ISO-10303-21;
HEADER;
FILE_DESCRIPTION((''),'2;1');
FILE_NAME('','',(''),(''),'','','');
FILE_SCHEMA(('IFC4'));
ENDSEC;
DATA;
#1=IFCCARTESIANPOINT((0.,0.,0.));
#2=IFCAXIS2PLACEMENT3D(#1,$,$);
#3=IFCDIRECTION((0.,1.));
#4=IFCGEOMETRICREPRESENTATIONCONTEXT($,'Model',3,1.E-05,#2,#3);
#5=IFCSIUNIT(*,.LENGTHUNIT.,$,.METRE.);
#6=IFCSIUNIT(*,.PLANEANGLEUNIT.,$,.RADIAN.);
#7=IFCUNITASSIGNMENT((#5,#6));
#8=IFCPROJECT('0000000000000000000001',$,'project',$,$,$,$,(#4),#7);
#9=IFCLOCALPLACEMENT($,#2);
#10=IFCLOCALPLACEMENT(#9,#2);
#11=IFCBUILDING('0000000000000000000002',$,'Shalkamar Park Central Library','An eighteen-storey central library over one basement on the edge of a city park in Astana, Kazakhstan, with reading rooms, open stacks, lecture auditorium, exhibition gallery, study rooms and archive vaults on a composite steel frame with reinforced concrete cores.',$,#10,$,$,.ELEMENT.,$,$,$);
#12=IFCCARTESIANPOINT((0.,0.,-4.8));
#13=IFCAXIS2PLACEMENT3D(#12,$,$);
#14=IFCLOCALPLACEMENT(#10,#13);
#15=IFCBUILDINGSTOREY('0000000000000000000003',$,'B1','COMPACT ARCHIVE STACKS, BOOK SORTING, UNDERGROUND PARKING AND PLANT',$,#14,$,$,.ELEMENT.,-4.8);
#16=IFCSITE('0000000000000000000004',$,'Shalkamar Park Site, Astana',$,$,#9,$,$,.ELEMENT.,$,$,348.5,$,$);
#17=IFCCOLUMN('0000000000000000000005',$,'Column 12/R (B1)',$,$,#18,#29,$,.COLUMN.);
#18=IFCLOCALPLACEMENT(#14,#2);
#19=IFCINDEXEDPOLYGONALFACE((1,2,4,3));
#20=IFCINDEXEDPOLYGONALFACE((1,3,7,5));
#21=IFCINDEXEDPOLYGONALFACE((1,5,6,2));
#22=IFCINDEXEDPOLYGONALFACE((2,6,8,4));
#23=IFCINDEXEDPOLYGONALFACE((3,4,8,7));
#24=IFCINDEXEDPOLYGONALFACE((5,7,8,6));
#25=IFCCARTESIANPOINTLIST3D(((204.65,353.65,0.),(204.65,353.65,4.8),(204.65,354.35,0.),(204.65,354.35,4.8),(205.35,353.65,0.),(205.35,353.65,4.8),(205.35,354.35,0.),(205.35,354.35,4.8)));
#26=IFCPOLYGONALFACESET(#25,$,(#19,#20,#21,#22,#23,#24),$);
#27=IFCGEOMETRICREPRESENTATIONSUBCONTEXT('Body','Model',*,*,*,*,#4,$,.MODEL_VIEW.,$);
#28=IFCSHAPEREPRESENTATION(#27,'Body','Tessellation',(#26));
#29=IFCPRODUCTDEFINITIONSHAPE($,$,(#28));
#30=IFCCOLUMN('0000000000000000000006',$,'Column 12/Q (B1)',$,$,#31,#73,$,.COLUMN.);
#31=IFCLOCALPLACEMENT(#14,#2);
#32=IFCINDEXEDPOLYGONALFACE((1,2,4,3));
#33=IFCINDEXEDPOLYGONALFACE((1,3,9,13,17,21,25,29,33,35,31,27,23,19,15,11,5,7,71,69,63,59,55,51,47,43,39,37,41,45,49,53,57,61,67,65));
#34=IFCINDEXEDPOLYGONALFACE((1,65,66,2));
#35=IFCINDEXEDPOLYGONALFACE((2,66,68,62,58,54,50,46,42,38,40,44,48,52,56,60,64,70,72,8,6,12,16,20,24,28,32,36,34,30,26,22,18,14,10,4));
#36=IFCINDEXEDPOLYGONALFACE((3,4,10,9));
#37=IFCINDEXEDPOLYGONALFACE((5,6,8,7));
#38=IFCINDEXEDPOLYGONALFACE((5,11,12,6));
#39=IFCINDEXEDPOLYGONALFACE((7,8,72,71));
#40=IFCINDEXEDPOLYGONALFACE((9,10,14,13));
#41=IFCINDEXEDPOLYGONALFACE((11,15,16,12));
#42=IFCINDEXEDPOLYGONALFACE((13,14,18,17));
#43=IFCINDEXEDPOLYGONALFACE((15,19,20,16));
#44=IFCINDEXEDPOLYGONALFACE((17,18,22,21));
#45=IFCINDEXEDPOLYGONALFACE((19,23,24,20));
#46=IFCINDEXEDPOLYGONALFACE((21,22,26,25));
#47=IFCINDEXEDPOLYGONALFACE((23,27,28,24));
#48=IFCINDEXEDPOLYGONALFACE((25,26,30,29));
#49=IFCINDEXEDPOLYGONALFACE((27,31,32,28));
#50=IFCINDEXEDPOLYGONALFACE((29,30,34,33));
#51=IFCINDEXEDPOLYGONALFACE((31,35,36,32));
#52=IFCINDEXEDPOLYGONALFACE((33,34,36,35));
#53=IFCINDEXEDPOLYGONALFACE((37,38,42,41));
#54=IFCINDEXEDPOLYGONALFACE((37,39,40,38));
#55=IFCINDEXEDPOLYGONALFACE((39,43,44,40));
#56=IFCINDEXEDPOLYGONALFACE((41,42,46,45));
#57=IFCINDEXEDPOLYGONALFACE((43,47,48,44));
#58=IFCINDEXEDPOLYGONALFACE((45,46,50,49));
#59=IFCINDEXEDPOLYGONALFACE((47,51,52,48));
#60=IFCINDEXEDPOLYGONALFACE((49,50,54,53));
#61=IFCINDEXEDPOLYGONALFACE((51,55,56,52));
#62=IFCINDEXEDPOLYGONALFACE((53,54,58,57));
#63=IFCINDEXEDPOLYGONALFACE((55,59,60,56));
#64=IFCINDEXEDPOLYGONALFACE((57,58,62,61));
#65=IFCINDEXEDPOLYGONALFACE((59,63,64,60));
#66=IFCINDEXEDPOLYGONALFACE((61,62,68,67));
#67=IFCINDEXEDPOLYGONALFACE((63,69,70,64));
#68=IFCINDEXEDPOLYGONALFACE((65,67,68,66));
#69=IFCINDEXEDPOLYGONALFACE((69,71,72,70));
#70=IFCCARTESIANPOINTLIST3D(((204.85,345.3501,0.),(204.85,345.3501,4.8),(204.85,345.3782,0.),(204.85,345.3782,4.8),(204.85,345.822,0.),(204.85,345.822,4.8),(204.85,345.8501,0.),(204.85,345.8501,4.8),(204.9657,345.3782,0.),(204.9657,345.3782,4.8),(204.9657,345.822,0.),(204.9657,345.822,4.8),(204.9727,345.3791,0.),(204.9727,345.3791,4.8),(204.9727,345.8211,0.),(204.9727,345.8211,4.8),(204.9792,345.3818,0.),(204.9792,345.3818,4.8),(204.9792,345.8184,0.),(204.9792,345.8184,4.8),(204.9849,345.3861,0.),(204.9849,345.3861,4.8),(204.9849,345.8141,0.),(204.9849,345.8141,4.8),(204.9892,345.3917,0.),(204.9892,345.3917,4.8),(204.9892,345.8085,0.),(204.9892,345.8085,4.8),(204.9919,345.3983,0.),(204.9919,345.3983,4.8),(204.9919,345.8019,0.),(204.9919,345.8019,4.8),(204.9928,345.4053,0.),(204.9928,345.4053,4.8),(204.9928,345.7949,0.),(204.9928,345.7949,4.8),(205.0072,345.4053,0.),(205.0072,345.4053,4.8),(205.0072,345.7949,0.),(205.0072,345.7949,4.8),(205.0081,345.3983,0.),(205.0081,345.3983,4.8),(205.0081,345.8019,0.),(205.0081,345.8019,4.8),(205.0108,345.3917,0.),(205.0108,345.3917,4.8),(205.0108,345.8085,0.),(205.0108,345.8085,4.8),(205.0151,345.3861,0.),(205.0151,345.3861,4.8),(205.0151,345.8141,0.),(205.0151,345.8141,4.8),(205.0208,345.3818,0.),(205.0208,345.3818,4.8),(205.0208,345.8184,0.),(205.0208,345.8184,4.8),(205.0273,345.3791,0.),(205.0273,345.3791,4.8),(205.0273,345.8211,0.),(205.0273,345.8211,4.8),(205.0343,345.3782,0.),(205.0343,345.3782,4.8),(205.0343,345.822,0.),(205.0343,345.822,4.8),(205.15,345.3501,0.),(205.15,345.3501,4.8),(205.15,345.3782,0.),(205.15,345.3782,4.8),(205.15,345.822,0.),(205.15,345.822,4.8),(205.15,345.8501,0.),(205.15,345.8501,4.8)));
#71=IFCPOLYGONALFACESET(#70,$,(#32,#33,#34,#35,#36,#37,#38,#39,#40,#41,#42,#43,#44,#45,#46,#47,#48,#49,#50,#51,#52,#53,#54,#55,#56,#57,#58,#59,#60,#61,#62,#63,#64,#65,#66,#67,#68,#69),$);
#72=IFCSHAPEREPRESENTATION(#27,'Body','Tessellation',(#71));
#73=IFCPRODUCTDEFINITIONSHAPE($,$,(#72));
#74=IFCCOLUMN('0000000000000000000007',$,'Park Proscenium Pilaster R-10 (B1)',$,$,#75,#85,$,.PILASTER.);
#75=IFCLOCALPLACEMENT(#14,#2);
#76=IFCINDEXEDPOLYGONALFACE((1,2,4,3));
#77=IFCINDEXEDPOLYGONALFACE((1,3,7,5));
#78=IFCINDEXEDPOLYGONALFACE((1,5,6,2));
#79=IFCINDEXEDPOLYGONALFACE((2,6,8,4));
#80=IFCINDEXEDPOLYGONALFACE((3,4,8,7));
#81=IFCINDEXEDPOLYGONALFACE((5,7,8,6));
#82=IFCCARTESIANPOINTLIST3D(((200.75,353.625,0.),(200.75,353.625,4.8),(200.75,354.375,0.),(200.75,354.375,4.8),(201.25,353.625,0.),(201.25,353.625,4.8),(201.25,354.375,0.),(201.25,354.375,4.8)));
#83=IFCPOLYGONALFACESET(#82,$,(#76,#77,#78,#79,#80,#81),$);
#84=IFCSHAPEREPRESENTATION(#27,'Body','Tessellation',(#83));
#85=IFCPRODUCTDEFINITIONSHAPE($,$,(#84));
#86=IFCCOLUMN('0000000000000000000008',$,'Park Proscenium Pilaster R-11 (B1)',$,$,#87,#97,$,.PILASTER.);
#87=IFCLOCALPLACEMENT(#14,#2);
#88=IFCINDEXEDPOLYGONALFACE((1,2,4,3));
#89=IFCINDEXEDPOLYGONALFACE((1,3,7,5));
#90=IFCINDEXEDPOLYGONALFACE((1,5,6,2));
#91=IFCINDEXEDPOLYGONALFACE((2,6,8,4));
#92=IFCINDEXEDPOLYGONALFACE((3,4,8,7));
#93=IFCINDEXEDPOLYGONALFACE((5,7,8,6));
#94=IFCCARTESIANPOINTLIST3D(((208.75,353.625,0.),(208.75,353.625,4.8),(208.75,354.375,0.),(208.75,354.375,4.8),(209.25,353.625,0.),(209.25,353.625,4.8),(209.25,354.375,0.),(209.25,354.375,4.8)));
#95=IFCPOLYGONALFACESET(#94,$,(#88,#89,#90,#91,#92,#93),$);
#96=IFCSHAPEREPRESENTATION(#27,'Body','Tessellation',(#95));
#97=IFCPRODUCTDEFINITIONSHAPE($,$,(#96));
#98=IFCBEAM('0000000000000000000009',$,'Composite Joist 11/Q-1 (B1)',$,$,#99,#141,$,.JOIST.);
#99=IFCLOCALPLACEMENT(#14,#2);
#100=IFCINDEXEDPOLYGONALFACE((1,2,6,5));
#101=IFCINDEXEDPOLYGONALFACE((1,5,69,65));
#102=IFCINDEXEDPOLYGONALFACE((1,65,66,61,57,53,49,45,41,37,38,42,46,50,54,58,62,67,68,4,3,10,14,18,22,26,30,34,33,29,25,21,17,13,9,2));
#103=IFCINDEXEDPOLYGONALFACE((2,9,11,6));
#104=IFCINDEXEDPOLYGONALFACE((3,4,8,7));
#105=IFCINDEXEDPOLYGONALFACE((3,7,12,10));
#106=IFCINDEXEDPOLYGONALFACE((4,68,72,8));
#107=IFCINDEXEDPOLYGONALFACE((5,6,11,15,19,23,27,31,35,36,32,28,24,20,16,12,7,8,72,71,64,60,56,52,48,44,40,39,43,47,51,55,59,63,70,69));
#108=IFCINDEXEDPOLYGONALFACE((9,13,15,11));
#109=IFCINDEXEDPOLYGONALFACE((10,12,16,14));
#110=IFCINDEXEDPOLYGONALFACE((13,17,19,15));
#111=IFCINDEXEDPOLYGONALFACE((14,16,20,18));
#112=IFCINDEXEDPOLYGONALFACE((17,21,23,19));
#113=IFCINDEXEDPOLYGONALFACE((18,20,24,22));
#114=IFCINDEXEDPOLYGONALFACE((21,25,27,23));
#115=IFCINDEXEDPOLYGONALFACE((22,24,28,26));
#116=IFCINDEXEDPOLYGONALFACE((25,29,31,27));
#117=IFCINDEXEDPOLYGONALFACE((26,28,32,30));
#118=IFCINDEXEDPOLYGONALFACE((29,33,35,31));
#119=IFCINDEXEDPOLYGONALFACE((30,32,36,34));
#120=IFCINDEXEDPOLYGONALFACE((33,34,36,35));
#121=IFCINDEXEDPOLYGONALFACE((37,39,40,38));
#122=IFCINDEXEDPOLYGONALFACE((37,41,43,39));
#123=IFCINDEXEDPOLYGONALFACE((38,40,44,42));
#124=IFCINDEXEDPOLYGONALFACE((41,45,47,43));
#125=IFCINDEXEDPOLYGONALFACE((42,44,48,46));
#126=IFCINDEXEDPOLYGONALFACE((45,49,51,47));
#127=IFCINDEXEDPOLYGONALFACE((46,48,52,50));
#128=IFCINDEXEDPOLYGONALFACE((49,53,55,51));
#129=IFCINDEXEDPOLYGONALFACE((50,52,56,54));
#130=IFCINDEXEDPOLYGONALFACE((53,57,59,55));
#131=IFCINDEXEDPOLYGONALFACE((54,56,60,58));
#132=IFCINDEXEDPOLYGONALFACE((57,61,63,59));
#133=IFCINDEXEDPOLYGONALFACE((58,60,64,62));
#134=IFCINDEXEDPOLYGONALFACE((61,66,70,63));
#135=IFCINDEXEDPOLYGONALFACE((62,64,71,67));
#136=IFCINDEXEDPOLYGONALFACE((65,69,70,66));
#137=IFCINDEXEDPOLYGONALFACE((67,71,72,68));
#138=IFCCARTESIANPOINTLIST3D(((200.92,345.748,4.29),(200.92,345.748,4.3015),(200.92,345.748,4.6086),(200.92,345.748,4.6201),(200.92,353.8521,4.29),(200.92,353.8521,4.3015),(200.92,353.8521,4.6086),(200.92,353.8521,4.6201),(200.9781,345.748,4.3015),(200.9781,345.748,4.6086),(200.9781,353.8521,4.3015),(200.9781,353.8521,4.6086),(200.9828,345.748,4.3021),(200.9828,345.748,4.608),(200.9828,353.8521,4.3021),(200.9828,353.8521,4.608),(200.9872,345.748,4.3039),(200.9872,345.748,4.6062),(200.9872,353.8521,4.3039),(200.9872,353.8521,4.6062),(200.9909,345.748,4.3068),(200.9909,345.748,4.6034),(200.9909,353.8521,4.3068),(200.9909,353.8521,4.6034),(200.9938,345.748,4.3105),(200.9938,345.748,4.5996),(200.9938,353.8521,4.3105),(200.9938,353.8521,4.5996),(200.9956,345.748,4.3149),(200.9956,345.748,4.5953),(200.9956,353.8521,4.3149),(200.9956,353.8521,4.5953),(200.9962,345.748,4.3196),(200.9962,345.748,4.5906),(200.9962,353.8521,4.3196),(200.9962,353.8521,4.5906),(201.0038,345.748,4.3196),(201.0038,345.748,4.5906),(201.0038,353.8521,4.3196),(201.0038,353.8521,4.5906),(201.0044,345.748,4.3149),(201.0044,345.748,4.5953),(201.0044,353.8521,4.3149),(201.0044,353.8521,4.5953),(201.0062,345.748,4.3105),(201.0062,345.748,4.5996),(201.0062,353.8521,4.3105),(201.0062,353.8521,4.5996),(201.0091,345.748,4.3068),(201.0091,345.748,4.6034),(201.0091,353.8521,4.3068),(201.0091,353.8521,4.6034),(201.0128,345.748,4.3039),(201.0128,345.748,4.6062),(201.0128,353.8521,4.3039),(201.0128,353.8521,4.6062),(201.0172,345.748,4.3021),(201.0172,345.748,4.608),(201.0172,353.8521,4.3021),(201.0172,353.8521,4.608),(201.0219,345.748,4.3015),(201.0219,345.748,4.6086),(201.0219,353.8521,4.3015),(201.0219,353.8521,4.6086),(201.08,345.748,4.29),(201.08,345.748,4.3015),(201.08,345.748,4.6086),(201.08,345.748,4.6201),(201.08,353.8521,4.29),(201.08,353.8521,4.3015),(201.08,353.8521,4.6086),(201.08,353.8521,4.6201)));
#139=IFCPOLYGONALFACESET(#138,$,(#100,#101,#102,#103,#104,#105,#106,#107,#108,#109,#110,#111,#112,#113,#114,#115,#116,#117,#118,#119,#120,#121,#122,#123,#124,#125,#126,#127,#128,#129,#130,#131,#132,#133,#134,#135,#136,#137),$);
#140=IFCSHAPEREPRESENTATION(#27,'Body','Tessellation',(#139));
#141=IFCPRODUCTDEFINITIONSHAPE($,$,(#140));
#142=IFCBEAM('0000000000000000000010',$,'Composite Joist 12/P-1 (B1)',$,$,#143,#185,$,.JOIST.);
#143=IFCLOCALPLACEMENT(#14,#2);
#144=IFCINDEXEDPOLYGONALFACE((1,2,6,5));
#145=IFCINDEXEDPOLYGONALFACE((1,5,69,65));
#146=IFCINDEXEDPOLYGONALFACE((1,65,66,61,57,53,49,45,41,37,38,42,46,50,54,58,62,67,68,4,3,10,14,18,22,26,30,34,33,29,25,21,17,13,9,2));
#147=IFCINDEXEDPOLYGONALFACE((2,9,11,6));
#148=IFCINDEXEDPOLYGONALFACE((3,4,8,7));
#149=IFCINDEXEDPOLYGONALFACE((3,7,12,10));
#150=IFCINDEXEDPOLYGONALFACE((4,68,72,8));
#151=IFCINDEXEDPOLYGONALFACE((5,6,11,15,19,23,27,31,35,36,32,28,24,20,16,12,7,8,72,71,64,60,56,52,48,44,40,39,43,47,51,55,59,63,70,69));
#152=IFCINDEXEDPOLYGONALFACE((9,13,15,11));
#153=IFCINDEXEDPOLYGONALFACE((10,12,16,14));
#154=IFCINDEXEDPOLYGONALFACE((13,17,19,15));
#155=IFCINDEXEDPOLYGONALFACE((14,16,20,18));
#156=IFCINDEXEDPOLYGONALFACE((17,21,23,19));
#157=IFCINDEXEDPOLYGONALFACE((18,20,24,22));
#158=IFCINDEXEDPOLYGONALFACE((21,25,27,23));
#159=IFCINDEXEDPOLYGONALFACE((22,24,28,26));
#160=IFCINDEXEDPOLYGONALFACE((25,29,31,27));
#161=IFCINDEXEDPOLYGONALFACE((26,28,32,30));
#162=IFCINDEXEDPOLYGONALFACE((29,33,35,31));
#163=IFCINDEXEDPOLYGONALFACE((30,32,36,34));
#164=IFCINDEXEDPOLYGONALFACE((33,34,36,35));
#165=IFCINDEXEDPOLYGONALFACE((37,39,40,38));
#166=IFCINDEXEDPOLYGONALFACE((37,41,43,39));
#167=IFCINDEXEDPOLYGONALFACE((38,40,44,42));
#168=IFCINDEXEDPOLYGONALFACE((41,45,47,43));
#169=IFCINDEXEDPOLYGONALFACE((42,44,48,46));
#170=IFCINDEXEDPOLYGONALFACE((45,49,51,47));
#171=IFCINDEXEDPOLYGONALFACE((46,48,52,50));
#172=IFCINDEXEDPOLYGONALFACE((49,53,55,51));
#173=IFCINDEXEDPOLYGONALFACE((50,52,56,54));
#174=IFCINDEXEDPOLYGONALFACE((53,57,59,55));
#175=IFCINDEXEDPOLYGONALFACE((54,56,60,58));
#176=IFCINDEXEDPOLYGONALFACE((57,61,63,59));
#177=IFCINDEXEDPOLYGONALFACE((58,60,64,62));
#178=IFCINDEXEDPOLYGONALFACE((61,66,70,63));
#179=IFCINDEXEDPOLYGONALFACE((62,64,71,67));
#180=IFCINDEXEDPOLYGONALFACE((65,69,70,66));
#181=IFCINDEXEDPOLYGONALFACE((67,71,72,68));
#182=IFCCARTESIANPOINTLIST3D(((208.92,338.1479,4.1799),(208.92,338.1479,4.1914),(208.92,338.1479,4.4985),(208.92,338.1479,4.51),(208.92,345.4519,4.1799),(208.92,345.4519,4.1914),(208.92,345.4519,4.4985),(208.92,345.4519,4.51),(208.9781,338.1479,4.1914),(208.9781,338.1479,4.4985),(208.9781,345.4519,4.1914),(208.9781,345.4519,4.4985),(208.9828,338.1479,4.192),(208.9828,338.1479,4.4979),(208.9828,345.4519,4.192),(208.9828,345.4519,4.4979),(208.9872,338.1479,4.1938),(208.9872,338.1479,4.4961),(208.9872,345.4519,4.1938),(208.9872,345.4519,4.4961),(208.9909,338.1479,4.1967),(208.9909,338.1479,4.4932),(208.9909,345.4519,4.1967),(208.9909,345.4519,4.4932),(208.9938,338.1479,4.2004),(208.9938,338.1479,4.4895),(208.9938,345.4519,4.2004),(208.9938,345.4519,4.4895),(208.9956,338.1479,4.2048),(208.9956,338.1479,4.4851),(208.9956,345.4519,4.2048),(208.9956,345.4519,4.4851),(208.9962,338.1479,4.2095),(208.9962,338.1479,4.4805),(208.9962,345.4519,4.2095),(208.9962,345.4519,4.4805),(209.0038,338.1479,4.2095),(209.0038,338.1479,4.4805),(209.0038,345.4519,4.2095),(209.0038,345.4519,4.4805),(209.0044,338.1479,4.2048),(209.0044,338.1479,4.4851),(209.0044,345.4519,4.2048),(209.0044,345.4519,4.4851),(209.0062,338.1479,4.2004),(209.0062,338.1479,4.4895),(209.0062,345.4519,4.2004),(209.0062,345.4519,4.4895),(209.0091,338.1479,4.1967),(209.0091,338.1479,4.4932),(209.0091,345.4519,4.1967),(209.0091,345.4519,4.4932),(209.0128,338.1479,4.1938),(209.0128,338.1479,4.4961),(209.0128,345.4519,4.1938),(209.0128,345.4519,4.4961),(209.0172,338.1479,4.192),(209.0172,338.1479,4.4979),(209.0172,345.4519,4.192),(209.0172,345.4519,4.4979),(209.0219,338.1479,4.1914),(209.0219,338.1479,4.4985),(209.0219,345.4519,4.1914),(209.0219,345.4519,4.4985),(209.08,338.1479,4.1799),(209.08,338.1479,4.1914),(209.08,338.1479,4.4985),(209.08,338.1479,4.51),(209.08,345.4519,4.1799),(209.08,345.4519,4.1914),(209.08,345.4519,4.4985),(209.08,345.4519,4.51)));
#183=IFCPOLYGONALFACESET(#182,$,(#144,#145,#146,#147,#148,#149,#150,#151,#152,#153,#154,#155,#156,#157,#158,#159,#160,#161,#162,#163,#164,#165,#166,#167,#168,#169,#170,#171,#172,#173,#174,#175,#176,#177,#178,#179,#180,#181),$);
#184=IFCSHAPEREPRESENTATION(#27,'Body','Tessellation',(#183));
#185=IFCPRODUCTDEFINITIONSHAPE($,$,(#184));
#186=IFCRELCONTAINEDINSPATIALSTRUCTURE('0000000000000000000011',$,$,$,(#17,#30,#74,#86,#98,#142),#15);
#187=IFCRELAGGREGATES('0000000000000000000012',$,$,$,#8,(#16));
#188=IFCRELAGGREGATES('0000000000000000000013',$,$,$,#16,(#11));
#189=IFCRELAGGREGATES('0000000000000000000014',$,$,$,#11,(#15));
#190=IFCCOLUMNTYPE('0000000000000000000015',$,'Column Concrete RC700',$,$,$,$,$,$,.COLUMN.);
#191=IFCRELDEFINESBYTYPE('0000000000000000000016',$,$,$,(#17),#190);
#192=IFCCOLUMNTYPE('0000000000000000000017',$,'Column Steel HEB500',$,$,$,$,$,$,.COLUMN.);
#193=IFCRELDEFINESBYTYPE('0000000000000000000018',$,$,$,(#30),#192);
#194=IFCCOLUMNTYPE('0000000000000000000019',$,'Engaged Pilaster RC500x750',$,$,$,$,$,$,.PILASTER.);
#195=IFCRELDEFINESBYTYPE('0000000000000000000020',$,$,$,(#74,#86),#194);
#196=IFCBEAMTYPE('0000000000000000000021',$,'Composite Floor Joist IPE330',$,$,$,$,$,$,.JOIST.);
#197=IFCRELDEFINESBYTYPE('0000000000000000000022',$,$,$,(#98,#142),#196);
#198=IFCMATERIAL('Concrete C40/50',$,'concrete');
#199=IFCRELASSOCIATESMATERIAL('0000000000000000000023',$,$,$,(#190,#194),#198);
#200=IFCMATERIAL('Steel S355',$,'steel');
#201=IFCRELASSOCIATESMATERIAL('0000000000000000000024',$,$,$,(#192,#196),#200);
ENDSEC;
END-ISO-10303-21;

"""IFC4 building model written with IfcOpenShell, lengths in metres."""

from ifc_helpers import new_model, si_unit, direction, frame, origin, origin_2d, place, context, subcontext, project, spatial, rectangle, i_section, extrude, material, material_profile, profile_set, type_object, element, save


model = new_model("IFC4")

# Units and contexts
model_context = context("Model", 3, precision=1e-05, world=origin(), true_north=direction((0.0, 1.0)))
body_context = subcontext(model_context, "Body", "Model", "MODEL_VIEW")
ifc_project = project(units=[si_unit("LENGTHUNIT", "METRE"), si_unit("PLANEANGLEUNIT", "RADIAN")], contexts=[model_context])

# Site, building, storey
site_placement = place(None, origin())
site = spatial("IfcSite", under=ifc_project, at=site_placement, Name="Shalkamar Park Site, Astana", CompositionType="ELEMENT", RefElevation=348.5)
building_placement = place(site_placement, origin())
building = spatial("IfcBuilding", under=site, at=building_placement, Name="Shalkamar Park Central Library", Description="An eighteen-storey central library over one basement on the edge of a city park in Astana, Kazakhstan, with reading rooms, open stacks, lecture auditorium, exhibition gallery, study rooms and archive vaults on a composite steel frame with reinforced concrete cores.", CompositionType="ELEMENT")
storey_placement = place(building_placement, frame((0.0, 0.0, -4.8)))
storey = spatial("IfcBuildingStorey", under=building, at=storey_placement, Name="B1", Description="COMPACT ARCHIVE STACKS, BOOK SORTING, UNDERGROUND PARKING AND PLANT", CompositionType="ELEMENT", Elevation=-4.8)

# Columns
ifc_material_1 = material(Name="Concrete C40/50", Category="concrete")
ifc_material_profile_1 = material_profile(ifc_material_1, rectangle(XDim=0.7, YDim=0.7, at=origin_2d()), Name="RC 700x700")
ifc_profile_set_1 = profile_set([ifc_material_profile_1], Name="Concrete C40/50")
column_type_1 = type_object("IfcColumnType", Name="Column Concrete RC700", PredefinedType="COLUMN", material=ifc_profile_set_1)
column_1_placement = place(storey_placement, frame((205.0, 354.0, 0.0), z_axis=(0.0, 0.0, 1.0), x_axis=(1.0, 0.0, 0.0)))
element("IfcColumn", 1, at=column_1_placement, inside=storey, type_object=column_type_1, Name="Column 12/R (B1)", PredefinedType="COLUMN", context=body_context, shape_type="SweptSolid", body=[
    extrude(rectangle(XDim=0.7, YDim=0.7, at=origin_2d()), origin(), (0.0, 0.0, 1.0), 4.8),
])
ifc_material_2 = material(Name="Steel S355", Category="steel")
ifc_material_profile_2 = material_profile(ifc_material_2, i_section(OverallWidth=0.3, OverallDepth=0.5, WebThickness=0.0144, FlangeThickness=0.0281, FilletRadius=0.0271, at=origin_2d()), Name="HEB 500")
ifc_profile_set_2 = profile_set([ifc_material_profile_2], Name="Steel S355")
column_type_2 = type_object("IfcColumnType", Name="Column Steel HEB500", PredefinedType="COLUMN", material=ifc_profile_set_2)
column_2_placement = place(storey_placement, frame((205.0, 345.6001, 0.0), z_axis=(0.0, 0.0, 1.0), x_axis=(1.0, 0.0, 0.0)))
element("IfcColumn", 2, at=column_2_placement, inside=storey, type_object=column_type_2, Name="Column 12/Q (B1)", PredefinedType="COLUMN", context=body_context, shape_type="SweptSolid", body=[
    extrude(i_section(OverallWidth=0.3, OverallDepth=0.5, WebThickness=0.0144, FlangeThickness=0.0281, FilletRadius=0.0271, at=origin_2d()), origin(), (0.0, 0.0, 1.0), 4.8),
])
ifc_material_profile_3 = material_profile(ifc_material_1, rectangle(XDim=0.5, YDim=0.75, at=origin_2d()), Name="RC 500x750")
ifc_profile_set_3 = profile_set([ifc_material_profile_3], Name="Concrete C40/50")
column_type_3 = type_object("IfcColumnType", Name="Engaged Pilaster RC500x750", PredefinedType="PILASTER", material=ifc_profile_set_3)
for number, where, z_axis, x_axis, name in (
    (3, (201.0, 354.0, 0.0), (0.0, 0.0, 1.0), (1.0, 0.0, 0.0), "Park Proscenium Pilaster R-10 (B1)"),
    (4, (209.0, 354.0, 0.0), (0.0, 0.0, 1.0), (1.0, 0.0, 0.0), "Park Proscenium Pilaster R-11 (B1)"),
):
    element("IfcColumn", number, at=place(storey_placement, frame(where, z_axis=z_axis, x_axis=x_axis)), inside=storey, type_object=column_type_3, Name=name, PredefinedType="PILASTER", context=body_context, shape_type="SweptSolid", body=[
        extrude(rectangle(XDim=0.5, YDim=0.75, at=origin_2d()), origin(), (0.0, 0.0, 1.0), 4.8),
    ])

# Beams
ifc_material_profile_4 = material_profile(ifc_material_2, i_section(OverallWidth=0.1599, OverallDepth=0.3301, WebThickness=0.0076, FlangeThickness=0.0115, FilletRadius=0.0181, at=origin_2d()), Name="IPE 330")
ifc_profile_set_4 = profile_set([ifc_material_profile_4], Name="Steel S355")
beam_type_1 = type_object("IfcBeamType", Name="Composite Floor Joist IPE330", PredefinedType="JOIST", material=ifc_profile_set_4)
beam_1_placement = place(storey_placement, frame((201.0, 345.748, 4.4551), z_axis=(0.0, 1.0, 0.0), x_axis=(-1.0, 0.0, 0.0)))
element("IfcBeam", 5, at=beam_1_placement, inside=storey, type_object=beam_type_1, Name="Composite Joist 11/Q-1 (B1)", PredefinedType="JOIST", context=body_context, shape_type="SweptSolid", body=[
    extrude(i_section(OverallWidth=0.1599, OverallDepth=0.3301, WebThickness=0.0076, FlangeThickness=0.0115, FilletRadius=0.0181, at=origin_2d()), origin(), (0.0, 0.0, 1.0), 8.104),
])
beam_2_placement = place(storey_placement, frame((209.0, 338.1479, 4.345), z_axis=(0.0, 1.0, 0.0), x_axis=(-1.0, 0.0, 0.0)))
element("IfcBeam", 6, at=beam_2_placement, inside=storey, type_object=beam_type_1, Name="Composite Joist 12/P-1 (B1)", PredefinedType="JOIST", context=body_context, shape_type="SweptSolid", body=[
    extrude(i_section(OverallWidth=0.1599, OverallDepth=0.3301, WebThickness=0.0076, FlangeThickness=0.0115, FilletRadius=0.0181, at=origin_2d()), origin(), (0.0, 0.0, 1.0), 7.304),
])

save(model, "model.ifc")
